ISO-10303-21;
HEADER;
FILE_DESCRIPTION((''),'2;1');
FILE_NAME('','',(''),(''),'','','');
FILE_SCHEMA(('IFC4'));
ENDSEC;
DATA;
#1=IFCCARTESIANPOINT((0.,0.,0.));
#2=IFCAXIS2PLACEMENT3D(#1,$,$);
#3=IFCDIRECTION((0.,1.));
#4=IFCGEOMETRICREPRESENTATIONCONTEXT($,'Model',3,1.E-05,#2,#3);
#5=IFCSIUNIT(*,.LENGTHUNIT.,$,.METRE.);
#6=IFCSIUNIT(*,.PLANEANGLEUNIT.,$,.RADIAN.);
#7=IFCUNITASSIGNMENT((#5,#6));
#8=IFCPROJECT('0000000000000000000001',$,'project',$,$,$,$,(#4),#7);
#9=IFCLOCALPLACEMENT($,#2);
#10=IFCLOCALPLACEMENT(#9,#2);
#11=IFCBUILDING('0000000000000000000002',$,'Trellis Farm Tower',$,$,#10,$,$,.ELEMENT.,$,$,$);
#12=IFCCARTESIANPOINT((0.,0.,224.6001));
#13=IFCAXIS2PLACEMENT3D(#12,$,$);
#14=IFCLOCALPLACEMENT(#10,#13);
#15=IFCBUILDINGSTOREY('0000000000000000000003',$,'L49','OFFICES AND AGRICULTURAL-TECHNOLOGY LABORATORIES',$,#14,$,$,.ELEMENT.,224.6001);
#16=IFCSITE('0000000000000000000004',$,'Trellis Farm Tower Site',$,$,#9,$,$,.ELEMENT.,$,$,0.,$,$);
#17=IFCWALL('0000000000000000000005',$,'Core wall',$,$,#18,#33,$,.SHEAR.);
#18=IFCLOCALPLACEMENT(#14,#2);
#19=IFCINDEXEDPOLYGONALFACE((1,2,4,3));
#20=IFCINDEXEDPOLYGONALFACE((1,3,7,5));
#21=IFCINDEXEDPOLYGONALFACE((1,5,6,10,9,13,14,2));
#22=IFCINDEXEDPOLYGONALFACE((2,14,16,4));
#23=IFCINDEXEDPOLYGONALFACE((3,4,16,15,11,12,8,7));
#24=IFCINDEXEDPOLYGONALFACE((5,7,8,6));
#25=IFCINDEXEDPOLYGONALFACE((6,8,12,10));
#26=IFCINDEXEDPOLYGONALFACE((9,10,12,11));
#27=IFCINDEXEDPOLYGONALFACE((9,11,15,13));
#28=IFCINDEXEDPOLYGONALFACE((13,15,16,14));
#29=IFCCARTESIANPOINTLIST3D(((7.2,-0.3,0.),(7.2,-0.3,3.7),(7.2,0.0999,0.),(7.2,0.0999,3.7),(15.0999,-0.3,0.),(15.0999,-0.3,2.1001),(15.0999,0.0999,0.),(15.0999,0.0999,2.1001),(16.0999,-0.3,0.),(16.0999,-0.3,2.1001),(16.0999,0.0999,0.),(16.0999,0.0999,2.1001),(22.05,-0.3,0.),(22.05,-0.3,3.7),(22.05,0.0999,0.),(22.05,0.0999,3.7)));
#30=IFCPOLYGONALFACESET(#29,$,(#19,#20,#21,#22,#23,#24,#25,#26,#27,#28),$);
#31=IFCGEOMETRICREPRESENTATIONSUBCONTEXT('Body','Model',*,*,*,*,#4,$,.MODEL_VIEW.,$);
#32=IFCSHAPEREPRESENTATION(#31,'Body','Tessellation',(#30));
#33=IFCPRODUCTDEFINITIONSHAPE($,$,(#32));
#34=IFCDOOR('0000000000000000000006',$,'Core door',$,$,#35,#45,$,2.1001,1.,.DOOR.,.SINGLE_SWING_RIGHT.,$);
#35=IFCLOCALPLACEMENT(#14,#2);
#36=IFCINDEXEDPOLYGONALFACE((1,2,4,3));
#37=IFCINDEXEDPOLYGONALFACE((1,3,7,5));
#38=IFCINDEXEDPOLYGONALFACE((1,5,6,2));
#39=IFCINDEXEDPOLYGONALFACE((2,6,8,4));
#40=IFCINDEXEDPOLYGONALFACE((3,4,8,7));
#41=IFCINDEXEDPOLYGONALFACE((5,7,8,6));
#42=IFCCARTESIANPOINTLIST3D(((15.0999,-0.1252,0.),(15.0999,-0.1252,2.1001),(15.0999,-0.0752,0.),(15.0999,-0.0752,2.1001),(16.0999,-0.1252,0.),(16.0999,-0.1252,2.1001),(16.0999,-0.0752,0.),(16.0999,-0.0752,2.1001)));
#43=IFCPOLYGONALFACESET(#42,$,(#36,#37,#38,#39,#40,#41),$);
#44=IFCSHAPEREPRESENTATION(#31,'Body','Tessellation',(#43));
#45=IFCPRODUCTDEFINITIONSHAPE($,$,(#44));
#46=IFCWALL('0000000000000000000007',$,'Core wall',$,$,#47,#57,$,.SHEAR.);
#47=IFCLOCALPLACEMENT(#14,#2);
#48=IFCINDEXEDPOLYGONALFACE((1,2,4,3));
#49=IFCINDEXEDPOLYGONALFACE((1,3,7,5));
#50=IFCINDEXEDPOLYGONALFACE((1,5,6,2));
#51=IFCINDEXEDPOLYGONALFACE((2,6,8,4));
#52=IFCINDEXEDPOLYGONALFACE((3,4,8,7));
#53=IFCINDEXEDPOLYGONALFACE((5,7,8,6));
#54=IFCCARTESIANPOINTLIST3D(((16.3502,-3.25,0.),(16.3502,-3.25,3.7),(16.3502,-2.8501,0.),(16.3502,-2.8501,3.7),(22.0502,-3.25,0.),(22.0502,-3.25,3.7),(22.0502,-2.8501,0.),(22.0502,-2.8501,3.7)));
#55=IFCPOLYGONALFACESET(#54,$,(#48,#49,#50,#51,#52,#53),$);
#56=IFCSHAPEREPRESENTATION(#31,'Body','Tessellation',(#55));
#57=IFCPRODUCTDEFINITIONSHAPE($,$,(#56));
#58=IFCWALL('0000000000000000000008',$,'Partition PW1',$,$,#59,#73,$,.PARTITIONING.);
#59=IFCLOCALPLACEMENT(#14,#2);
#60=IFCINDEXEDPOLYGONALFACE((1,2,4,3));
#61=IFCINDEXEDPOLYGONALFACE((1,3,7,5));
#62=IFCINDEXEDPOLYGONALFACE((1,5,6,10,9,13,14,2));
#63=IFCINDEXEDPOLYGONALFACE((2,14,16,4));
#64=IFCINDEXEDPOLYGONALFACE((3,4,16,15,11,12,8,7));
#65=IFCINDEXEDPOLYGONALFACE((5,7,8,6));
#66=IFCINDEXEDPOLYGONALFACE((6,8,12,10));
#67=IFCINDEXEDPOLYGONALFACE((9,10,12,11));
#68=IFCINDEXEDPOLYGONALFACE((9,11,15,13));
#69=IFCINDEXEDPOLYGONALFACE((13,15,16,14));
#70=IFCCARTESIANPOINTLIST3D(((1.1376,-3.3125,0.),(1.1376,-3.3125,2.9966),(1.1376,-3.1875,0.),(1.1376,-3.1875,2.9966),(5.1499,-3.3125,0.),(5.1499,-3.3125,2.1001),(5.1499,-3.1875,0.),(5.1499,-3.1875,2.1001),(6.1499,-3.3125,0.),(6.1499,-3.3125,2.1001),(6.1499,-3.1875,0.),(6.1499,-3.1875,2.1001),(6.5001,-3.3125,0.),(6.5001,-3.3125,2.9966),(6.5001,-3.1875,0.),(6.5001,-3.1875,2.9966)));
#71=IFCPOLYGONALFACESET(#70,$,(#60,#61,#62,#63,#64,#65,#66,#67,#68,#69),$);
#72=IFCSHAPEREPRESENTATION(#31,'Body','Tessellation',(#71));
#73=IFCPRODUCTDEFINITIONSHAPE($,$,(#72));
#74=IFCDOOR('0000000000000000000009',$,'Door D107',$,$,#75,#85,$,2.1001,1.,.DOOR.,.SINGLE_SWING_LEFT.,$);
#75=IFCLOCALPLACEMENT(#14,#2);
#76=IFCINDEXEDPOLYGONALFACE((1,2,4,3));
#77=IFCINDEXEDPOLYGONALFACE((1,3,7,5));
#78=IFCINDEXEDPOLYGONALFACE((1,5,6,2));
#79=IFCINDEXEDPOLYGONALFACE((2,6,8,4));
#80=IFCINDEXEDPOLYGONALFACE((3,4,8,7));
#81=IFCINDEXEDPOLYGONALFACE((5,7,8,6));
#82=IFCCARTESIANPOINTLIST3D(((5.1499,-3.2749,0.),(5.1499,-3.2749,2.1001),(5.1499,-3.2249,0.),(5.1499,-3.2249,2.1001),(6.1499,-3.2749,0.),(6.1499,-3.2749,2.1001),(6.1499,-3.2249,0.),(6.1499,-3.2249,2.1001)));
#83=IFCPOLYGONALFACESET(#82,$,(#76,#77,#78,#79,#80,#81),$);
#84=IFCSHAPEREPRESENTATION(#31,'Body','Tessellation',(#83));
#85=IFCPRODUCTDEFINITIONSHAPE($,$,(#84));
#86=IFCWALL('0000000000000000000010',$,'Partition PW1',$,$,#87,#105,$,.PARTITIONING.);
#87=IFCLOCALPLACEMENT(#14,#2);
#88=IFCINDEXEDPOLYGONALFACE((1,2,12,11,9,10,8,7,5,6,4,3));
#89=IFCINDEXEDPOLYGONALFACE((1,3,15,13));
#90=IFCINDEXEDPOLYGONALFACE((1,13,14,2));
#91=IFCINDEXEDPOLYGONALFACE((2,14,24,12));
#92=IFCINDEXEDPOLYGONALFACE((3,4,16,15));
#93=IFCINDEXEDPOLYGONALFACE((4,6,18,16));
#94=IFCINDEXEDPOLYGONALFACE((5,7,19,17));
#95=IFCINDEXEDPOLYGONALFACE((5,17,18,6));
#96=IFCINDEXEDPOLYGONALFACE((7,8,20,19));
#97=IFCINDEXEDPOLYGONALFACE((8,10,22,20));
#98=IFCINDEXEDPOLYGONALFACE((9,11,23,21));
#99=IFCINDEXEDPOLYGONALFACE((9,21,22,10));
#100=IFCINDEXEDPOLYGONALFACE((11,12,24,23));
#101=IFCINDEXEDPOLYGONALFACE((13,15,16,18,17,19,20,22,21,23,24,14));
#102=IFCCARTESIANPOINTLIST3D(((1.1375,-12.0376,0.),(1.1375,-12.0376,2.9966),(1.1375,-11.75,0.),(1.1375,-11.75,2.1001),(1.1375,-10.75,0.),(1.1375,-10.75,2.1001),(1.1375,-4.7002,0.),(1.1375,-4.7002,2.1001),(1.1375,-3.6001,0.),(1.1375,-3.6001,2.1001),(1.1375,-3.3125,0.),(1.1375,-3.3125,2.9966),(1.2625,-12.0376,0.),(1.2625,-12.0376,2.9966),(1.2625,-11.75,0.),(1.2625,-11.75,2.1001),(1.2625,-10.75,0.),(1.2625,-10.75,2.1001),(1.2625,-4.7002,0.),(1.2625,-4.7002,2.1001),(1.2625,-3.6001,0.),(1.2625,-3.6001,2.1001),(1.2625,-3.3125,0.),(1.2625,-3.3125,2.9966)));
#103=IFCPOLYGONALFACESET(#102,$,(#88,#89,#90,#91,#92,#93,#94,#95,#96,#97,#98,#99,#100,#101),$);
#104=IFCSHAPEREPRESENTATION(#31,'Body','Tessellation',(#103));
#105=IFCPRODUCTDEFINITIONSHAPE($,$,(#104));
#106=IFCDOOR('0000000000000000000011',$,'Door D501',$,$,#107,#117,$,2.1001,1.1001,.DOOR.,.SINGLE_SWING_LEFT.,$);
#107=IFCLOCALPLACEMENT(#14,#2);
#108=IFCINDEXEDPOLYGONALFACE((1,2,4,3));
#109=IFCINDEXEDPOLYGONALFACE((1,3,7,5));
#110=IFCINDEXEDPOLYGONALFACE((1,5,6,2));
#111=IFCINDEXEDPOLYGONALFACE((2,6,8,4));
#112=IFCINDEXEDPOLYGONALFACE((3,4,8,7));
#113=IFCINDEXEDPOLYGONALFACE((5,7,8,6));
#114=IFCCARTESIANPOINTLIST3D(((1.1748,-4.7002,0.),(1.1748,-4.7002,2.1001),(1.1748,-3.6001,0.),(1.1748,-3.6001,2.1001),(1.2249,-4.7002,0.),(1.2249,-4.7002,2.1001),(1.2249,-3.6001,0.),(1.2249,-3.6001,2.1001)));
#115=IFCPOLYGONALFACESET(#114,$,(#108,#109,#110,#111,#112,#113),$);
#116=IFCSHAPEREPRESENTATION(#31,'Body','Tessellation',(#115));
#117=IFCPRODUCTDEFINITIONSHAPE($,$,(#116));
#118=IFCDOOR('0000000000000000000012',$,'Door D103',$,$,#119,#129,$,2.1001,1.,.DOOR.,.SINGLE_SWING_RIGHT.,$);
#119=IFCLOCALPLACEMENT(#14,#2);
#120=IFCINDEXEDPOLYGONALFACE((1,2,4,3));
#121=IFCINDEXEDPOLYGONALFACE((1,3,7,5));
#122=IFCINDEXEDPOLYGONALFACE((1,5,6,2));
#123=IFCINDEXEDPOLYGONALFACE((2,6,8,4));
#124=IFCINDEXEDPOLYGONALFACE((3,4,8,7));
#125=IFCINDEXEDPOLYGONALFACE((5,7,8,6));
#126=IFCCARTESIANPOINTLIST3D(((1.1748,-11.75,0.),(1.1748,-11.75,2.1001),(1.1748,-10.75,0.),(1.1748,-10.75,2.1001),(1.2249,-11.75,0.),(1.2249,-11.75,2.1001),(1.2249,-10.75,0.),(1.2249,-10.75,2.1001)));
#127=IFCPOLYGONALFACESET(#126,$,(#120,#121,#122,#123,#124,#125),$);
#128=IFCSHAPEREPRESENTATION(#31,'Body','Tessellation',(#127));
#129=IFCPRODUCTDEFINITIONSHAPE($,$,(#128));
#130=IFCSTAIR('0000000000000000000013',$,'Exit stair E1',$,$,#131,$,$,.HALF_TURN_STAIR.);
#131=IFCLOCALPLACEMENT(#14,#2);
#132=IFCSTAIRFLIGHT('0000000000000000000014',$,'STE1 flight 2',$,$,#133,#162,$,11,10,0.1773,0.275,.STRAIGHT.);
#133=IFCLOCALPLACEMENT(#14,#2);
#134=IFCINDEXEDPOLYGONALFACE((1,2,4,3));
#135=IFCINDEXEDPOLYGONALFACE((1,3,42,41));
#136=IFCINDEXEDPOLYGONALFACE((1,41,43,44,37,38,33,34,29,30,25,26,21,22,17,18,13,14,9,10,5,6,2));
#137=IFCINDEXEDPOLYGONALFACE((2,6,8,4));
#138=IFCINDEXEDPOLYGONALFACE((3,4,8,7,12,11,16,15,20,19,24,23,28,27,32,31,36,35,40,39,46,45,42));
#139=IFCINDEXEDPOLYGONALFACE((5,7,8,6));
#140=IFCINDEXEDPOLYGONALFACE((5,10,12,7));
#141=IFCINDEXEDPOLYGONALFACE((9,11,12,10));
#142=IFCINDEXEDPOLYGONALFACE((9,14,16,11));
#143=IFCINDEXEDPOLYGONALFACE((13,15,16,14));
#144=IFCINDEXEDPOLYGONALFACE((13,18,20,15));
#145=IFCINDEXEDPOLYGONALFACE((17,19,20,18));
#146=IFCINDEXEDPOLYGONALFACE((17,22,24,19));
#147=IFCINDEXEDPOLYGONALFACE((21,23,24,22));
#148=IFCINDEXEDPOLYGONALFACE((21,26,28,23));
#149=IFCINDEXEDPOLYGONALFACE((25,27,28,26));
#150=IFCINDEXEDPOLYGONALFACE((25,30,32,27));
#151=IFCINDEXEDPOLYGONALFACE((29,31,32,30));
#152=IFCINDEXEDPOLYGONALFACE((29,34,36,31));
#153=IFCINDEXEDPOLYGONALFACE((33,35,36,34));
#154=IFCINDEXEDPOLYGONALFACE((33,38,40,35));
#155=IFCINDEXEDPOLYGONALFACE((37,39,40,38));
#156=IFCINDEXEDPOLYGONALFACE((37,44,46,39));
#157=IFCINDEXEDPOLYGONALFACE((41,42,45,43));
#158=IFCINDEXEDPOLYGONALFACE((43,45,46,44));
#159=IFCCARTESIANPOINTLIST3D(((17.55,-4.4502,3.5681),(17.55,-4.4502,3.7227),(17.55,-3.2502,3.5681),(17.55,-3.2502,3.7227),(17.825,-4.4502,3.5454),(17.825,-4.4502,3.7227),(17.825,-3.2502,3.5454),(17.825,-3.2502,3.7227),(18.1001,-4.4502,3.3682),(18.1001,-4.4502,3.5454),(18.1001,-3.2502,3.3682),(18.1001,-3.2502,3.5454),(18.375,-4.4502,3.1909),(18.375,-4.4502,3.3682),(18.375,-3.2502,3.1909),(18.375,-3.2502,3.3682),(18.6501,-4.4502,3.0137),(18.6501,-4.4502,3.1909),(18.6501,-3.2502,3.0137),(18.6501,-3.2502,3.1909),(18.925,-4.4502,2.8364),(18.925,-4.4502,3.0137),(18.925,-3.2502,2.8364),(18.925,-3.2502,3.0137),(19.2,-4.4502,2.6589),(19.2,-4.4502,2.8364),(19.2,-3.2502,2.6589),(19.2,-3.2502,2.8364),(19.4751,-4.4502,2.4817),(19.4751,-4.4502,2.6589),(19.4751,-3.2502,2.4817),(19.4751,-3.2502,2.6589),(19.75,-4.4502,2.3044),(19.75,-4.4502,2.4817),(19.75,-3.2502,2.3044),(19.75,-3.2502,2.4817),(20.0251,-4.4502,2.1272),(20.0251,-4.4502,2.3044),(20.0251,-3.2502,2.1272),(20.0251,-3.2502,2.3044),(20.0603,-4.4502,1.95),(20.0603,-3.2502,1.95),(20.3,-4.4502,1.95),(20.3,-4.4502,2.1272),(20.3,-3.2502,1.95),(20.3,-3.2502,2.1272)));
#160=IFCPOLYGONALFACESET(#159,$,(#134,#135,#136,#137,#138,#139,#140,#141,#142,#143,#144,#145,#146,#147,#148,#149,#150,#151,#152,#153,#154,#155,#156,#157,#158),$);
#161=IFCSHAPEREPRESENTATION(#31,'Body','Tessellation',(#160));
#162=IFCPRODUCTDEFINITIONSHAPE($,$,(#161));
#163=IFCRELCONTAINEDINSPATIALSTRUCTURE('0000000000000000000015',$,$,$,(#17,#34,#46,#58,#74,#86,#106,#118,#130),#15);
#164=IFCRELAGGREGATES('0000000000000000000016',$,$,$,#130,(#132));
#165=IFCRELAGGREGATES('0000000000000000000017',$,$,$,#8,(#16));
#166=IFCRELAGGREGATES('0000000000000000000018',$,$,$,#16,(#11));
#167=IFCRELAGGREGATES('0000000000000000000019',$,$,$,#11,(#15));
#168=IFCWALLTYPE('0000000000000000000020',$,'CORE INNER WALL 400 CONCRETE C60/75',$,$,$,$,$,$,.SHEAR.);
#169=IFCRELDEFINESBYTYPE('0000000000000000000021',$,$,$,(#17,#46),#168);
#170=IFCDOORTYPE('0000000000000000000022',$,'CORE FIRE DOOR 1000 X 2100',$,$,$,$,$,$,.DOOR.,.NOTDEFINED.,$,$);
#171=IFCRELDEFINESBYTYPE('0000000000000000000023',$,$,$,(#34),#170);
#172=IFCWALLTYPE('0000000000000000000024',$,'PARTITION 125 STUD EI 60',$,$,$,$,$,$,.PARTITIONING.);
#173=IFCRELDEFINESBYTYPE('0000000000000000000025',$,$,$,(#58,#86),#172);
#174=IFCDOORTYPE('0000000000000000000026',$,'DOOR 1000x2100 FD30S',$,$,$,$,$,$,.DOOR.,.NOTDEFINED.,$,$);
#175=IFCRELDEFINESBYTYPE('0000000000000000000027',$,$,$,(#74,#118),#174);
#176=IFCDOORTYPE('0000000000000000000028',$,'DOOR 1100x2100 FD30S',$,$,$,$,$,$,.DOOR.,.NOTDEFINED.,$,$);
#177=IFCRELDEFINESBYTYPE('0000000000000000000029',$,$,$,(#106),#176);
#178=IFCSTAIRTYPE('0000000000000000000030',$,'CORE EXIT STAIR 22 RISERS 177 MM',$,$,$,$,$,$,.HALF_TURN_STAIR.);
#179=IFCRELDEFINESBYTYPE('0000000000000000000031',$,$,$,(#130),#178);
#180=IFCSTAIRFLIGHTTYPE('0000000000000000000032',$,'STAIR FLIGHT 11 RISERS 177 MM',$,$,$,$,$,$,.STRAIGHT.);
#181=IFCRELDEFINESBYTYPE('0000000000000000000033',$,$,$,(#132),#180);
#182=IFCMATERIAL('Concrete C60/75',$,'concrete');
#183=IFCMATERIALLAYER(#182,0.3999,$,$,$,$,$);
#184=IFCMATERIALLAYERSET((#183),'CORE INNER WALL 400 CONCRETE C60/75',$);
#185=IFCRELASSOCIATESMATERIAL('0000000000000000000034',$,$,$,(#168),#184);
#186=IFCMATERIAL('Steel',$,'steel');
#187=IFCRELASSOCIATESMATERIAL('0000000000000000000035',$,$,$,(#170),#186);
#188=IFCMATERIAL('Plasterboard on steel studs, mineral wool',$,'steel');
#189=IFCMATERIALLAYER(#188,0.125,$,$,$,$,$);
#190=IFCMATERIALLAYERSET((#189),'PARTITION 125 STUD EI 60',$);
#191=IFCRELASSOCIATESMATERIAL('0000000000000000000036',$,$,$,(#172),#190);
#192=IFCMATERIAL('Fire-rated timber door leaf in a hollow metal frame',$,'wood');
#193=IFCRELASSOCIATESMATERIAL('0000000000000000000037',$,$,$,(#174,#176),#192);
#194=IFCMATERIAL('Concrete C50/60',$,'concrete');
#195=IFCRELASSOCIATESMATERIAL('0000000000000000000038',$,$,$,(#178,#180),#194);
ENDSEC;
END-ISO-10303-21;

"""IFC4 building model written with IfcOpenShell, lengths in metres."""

from ifc_helpers import new_model, si_unit, direction, frame, frame_2d, origin, place, context, subcontext, project, spatial, polyline, rectangle, outline, extrude, source, transform, mapped, material, layer, layer_set, type_object, element, fill, aggregate, save


model = new_model("IFC4")

# Units and contexts
model_context = context("Model", 3, precision=1e-05, world=origin(), true_north=direction((0.0, 1.0)))
body_context = subcontext(model_context, "Body", "Model", "MODEL_VIEW")
ifc_project = project(units=[si_unit("LENGTHUNIT", "METRE"), si_unit("PLANEANGLEUNIT", "RADIAN")], contexts=[model_context])

# Site, building, storey
site_placement = place(None, origin())
site = spatial("IfcSite", under=ifc_project, at=site_placement, Name="Trellis Farm Tower Site", CompositionType="ELEMENT", RefElevation=0.0)
building_placement = place(site_placement, origin())
building = spatial("IfcBuilding", under=site, at=building_placement, Name="Trellis Farm Tower", CompositionType="ELEMENT")
storey_placement = place(building_placement, frame((0.0, 0.0, 224.6001)))
storey = spatial("IfcBuildingStorey", under=building, at=storey_placement, Name="L49", Description="OFFICES AND AGRICULTURAL-TECHNOLOGY LABORATORIES", CompositionType="ELEMENT", Elevation=224.6001)

# Shared definitions
ifc_material_1 = material(Name="Concrete C60/75", Category="concrete")

# Shared definitions
placement = place(storey_placement, origin())

# Shared definitions
ifc_layer_1 = layer(ifc_material_1, 0.3999)
ifc_layer_set_1 = layer_set([ifc_layer_1], Name="CORE INNER WALL 400 CONCRETE C60/75")
wall_type_1 = type_object("IfcWallType", Name="CORE INNER WALL 400 CONCRETE C60/75", PredefinedType="SHEAR", material=ifc_layer_set_1)
shared_shape_1 = source(origin(), body_context, "Body", "SweptSolid", [
    extrude(rectangle(XDim=1.0, YDim=2.1001, at=frame_2d((0.5, 1.05))), frame((0.0, 0.21, 0.0), z_axis=(0.0, -1.0, 0.0), x_axis=(1.0, 0.0, 0.0)), (0.0, 0.0, 1.0), 0.4199),
])
ifc_material_2 = material(Name="Steel", Category="steel")
door_type_1 = type_object("IfcDoorType", Name="CORE FIRE DOOR 1000 X 2100", OperationType="NOTDEFINED", PredefinedType="DOOR", material=ifc_material_2)
shared_shape_2 = source(origin(), body_context, "Body", "SweptSolid", [
    extrude(rectangle(XDim=1.0, YDim=2.1001, at=frame_2d((0.5, 1.05))), frame((0.0, 0.0249, 0.0), z_axis=(0.0, -1.0, 0.0), x_axis=(1.0, 0.0, 0.0)), (0.0, 0.0, 1.0), 0.05),
])

# Wall, opening, door
shared_shape_3 = source(origin(), body_context, "Body", "SweptSolid", [
    extrude(rectangle(XDim=14.8501, YDim=0.3999, at=frame_2d((7.425, 0.0))), origin(), (0.0, 0.0, 1.0), 3.7),
])
wall_1_placement = place(storey_placement, frame((7.2, -0.1001, 0.0), z_axis=(0.0, 0.0, 1.0), x_axis=(1.0, 0.0, 0.0)))
wall_1 = element("IfcWall", 1, at=wall_1_placement, inside=storey, type_object=wall_type_1, Name="Core wall", PredefinedType="SHEAR", context=body_context, shape_type="MappedRepresentation", body=[
    mapped(shared_shape_3, transform((0.0, 0.0, 0.0))),
])
opening_1_placement = place(wall_1_placement, frame((7.8999, 0.0, 0.0)))
opening_1 = element("IfcOpeningElement", 2, at=opening_1_placement, cuts=wall_1, PredefinedType="OPENING", context=body_context, shape_type="MappedRepresentation", body=[
    mapped(shared_shape_1, transform((0.0, 0.0, 0.0))),
])
door_1_placement = place(opening_1_placement, origin())
door_1 = element("IfcDoor", 3, at=door_1_placement, inside=storey, type_object=door_type_1, Name="Core door", OperationType="SINGLE_SWING_RIGHT", OverallHeight=2.1001, OverallWidth=1.0, PredefinedType="DOOR", context=body_context, shape_type="MappedRepresentation", body=[
    mapped(shared_shape_2, transform((0.0, 0.0, 0.0))),
])
fill(opening_1, door_1)

# Wall
shared_shape_4 = source(origin(), body_context, "Body", "SweptSolid", [
    extrude(rectangle(XDim=5.7, YDim=0.3999, at=frame_2d((2.8501, 0.0))), origin(), (0.0, 0.0, 1.0), 3.7),
])
wall_2_placement = place(storey_placement, frame((16.3501, -3.05, 0.0), z_axis=(0.0, 0.0, 1.0), x_axis=(1.0, 0.0, 0.0)))
element("IfcWall", 4, at=wall_2_placement, inside=storey, type_object=wall_type_1, Name="Core wall", PredefinedType="SHEAR", context=body_context, shape_type="MappedRepresentation", body=[
    mapped(shared_shape_4, transform((0.0, 0.0, 0.0))),
])

# Wall, opening, door
ifc_material_3 = material(Name="Plasterboard on steel studs, mineral wool", Category="steel")
ifc_layer_2 = layer(ifc_material_3, 0.125)
ifc_layer_set_2 = layer_set([ifc_layer_2], Name="PARTITION 125 STUD EI 60")
wall_type_2 = type_object("IfcWallType", Name="PARTITION 125 STUD EI 60", PredefinedType="PARTITIONING", material=ifc_layer_set_2)
shared_shape_5 = source(origin(), body_context, "Body", "SweptSolid", [
    extrude(rectangle(XDim=5.3625, YDim=0.125, at=frame_2d((2.6812, 0.0))), origin(), (0.0, 0.0, 1.0), 2.9966),
])
wall_3_placement = place(storey_placement, frame((6.5, -3.25, 0.0), z_axis=(0.0, 0.0, 1.0), x_axis=(-1.0, 0.0, 0.0)))
wall_3 = element("IfcWall", 5, at=wall_3_placement, inside=storey, type_object=wall_type_2, Name="Partition PW1", PredefinedType="PARTITIONING", context=body_context, shape_type="MappedRepresentation", body=[
    mapped(shared_shape_5, transform((0.0, 0.0, 0.0))),
])
shared_shape_6 = source(origin(), body_context, "Body", "SweptSolid", [
    extrude(rectangle(XDim=1.0, YDim=2.1001, at=frame_2d((0.5, 1.05))), frame((0.0, 0.0725, 0.0), z_axis=(0.0, -1.0, 0.0), x_axis=(1.0, 0.0, 0.0)), (0.0, 0.0, 1.0), 0.145),
])
opening_2_placement = place(wall_3_placement, frame((0.3501, 0.0, 0.0)))
opening_2 = element("IfcOpeningElement", 6, at=opening_2_placement, cuts=wall_3, PredefinedType="OPENING", context=body_context, shape_type="MappedRepresentation", body=[
    mapped(shared_shape_6, transform((0.0, 0.0, 0.0))),
])
ifc_material_4 = material(Name="Fire-rated timber door leaf in a hollow metal frame", Category="wood")
door_type_2 = type_object("IfcDoorType", Name="DOOR 1000x2100 FD30S", OperationType="NOTDEFINED", PredefinedType="DOOR", material=ifc_material_4)
door_2_placement = place(opening_2_placement, origin())
door_2 = element("IfcDoor", 7, at=door_2_placement, inside=storey, type_object=door_type_2, Name="Door D107", OperationType="SINGLE_SWING_LEFT", OverallHeight=2.1001, OverallWidth=1.0, PredefinedType="DOOR", context=body_context, shape_type="MappedRepresentation", body=[
    mapped(shared_shape_2, transform((0.0, 0.0, 0.0))),
])
fill(opening_2, door_2)

# Wall, openings, doors
shared_shape_7 = source(origin(), body_context, "Body", "SweptSolid", [
    extrude(rectangle(XDim=8.7251, YDim=0.125, at=frame_2d((4.3625, 0.0))), origin(), (0.0, 0.0, 1.0), 2.9966),
])
wall_4_placement = place(storey_placement, frame((1.2, -3.3125, 0.0), z_axis=(0.0, 0.0, 1.0), x_axis=(0.0, -1.0, 0.0)))
wall_4 = element("IfcWall", 8, at=wall_4_placement, inside=storey, type_object=wall_type_2, Name="Partition PW1", PredefinedType="PARTITIONING", context=body_context, shape_type="MappedRepresentation", body=[
    mapped(shared_shape_7, transform((0.0, 0.0, 0.0))),
])
opening_3_placement = place(wall_4_placement, frame((7.4375, 0.0, 0.0)))
opening_3 = element("IfcOpeningElement", 9, at=opening_3_placement, cuts=wall_4, PredefinedType="OPENING", context=body_context, shape_type="MappedRepresentation", body=[
    mapped(shared_shape_6, transform((0.0, 0.0, 0.0))),
])
shared_shape_8 = source(origin(), body_context, "Body", "SweptSolid", [
    extrude(rectangle(XDim=1.1001, YDim=2.1001, at=frame_2d((0.55, 1.05))), frame((0.0, 0.0725, 0.0), z_axis=(0.0, -1.0, 0.0), x_axis=(1.0, 0.0, 0.0)), (0.0, 0.0, 1.0), 0.145),
])
opening_4_placement = place(wall_4_placement, frame((0.2876, 0.0, 0.0)))
opening_4 = element("IfcOpeningElement", 10, at=opening_4_placement, cuts=wall_4, PredefinedType="OPENING", context=body_context, shape_type="MappedRepresentation", body=[
    mapped(shared_shape_8, transform((0.0, 0.0, 0.0))),
])
door_type_3 = type_object("IfcDoorType", Name="DOOR 1100x2100 FD30S", OperationType="NOTDEFINED", PredefinedType="DOOR", material=ifc_material_4)
shared_shape_9 = source(origin(), body_context, "Body", "SweptSolid", [
    extrude(rectangle(XDim=1.1001, YDim=2.1001, at=frame_2d((0.55, 1.05))), frame((0.0, 0.0249, 0.0), z_axis=(0.0, -1.0, 0.0), x_axis=(1.0, 0.0, 0.0)), (0.0, 0.0, 1.0), 0.05),
])
door_3_placement = place(opening_4_placement, origin())
door_3 = element("IfcDoor", 11, at=door_3_placement, inside=storey, type_object=door_type_3, Name="Door D501", OperationType="SINGLE_SWING_LEFT", OverallHeight=2.1001, OverallWidth=1.1001, PredefinedType="DOOR", context=body_context, shape_type="MappedRepresentation", body=[
    mapped(shared_shape_9, transform((0.0, 0.0, 0.0))),
])
fill(opening_4, door_3)
door_4_placement = place(opening_3_placement, origin())
door_4 = element("IfcDoor", 12, at=door_4_placement, inside=storey, type_object=door_type_2, Name="Door D103", OperationType="SINGLE_SWING_RIGHT", OverallHeight=2.1001, OverallWidth=1.0, PredefinedType="DOOR", context=body_context, shape_type="MappedRepresentation", body=[
    mapped(shared_shape_2, transform((0.0, 0.0, 0.0))),
])
fill(opening_3, door_4)

# Stair, stair flight
ifc_material_5 = material(Name="Concrete C50/60", Category="concrete")
stair_type = type_object("IfcStairType", Name="CORE EXIT STAIR 22 RISERS 177 MM", PredefinedType="HALF_TURN_STAIR", material=ifc_material_5)
stair_1 = element("IfcStair", 13, at=placement, inside=storey, type_object=stair_type, Name="Exit stair E1", PredefinedType="HALF_TURN_STAIR")
stair_flight_type = type_object("IfcStairFlightType", Name="STAIR FLIGHT 11 RISERS 177 MM", PredefinedType="STRAIGHT", material=ifc_material_5)
shared_shape_10 = source(origin(), body_context, "Body", "SweptSolid", [
    extrude(outline(polyline([(0.0, 0.0), (0.0, 0.1772), (0.2749, 0.1772), (0.2749, 0.3545), (0.55, 0.3545), (0.55, 0.5317), (0.825, 0.5317), (0.825, 0.709), (1.1001, 0.709), (1.1001, 0.8865), (1.375, 0.8865), (1.375, 1.0637), (1.6499, 1.0637), (1.6499, 1.241), (1.925, 1.241), (1.925, 1.4182), (2.2, 1.4182), (2.2, 1.5955), (2.4751, 1.5955), (2.4751, 1.7727), (2.75, 1.7727), (2.75, 1.95), (2.75, 1.6182), (0.2397, 0.0), (0.0, 0.0)])), frame((0.0, 0.6001, 0.0), z_axis=(0.0, -1.0, 0.0), x_axis=(1.0, 0.0, 0.0)), (0.0, 0.0, 1.0), 1.2),
])
stair_flight_1_placement = place(storey_placement, frame((20.3, -3.8501, 1.95), z_axis=(0.0, 0.0, 1.0), x_axis=(-1.0, 0.0, 0.0)))
stair_flight_1 = element("IfcStairFlight", 14, at=stair_flight_1_placement, type_object=stair_flight_type, Name="STE1 flight 2", NumberOfRisers=11, NumberOfTreads=10, PredefinedType="STRAIGHT", RiserHeight=0.1773, TreadLength=0.275, context=body_context, shape_type="MappedRepresentation", body=[
    mapped(shared_shape_10, transform((0.0, 0.0, 0.0))),
])
aggregate(stair_1, [stair_flight_1])

save(model, "model.ifc")
